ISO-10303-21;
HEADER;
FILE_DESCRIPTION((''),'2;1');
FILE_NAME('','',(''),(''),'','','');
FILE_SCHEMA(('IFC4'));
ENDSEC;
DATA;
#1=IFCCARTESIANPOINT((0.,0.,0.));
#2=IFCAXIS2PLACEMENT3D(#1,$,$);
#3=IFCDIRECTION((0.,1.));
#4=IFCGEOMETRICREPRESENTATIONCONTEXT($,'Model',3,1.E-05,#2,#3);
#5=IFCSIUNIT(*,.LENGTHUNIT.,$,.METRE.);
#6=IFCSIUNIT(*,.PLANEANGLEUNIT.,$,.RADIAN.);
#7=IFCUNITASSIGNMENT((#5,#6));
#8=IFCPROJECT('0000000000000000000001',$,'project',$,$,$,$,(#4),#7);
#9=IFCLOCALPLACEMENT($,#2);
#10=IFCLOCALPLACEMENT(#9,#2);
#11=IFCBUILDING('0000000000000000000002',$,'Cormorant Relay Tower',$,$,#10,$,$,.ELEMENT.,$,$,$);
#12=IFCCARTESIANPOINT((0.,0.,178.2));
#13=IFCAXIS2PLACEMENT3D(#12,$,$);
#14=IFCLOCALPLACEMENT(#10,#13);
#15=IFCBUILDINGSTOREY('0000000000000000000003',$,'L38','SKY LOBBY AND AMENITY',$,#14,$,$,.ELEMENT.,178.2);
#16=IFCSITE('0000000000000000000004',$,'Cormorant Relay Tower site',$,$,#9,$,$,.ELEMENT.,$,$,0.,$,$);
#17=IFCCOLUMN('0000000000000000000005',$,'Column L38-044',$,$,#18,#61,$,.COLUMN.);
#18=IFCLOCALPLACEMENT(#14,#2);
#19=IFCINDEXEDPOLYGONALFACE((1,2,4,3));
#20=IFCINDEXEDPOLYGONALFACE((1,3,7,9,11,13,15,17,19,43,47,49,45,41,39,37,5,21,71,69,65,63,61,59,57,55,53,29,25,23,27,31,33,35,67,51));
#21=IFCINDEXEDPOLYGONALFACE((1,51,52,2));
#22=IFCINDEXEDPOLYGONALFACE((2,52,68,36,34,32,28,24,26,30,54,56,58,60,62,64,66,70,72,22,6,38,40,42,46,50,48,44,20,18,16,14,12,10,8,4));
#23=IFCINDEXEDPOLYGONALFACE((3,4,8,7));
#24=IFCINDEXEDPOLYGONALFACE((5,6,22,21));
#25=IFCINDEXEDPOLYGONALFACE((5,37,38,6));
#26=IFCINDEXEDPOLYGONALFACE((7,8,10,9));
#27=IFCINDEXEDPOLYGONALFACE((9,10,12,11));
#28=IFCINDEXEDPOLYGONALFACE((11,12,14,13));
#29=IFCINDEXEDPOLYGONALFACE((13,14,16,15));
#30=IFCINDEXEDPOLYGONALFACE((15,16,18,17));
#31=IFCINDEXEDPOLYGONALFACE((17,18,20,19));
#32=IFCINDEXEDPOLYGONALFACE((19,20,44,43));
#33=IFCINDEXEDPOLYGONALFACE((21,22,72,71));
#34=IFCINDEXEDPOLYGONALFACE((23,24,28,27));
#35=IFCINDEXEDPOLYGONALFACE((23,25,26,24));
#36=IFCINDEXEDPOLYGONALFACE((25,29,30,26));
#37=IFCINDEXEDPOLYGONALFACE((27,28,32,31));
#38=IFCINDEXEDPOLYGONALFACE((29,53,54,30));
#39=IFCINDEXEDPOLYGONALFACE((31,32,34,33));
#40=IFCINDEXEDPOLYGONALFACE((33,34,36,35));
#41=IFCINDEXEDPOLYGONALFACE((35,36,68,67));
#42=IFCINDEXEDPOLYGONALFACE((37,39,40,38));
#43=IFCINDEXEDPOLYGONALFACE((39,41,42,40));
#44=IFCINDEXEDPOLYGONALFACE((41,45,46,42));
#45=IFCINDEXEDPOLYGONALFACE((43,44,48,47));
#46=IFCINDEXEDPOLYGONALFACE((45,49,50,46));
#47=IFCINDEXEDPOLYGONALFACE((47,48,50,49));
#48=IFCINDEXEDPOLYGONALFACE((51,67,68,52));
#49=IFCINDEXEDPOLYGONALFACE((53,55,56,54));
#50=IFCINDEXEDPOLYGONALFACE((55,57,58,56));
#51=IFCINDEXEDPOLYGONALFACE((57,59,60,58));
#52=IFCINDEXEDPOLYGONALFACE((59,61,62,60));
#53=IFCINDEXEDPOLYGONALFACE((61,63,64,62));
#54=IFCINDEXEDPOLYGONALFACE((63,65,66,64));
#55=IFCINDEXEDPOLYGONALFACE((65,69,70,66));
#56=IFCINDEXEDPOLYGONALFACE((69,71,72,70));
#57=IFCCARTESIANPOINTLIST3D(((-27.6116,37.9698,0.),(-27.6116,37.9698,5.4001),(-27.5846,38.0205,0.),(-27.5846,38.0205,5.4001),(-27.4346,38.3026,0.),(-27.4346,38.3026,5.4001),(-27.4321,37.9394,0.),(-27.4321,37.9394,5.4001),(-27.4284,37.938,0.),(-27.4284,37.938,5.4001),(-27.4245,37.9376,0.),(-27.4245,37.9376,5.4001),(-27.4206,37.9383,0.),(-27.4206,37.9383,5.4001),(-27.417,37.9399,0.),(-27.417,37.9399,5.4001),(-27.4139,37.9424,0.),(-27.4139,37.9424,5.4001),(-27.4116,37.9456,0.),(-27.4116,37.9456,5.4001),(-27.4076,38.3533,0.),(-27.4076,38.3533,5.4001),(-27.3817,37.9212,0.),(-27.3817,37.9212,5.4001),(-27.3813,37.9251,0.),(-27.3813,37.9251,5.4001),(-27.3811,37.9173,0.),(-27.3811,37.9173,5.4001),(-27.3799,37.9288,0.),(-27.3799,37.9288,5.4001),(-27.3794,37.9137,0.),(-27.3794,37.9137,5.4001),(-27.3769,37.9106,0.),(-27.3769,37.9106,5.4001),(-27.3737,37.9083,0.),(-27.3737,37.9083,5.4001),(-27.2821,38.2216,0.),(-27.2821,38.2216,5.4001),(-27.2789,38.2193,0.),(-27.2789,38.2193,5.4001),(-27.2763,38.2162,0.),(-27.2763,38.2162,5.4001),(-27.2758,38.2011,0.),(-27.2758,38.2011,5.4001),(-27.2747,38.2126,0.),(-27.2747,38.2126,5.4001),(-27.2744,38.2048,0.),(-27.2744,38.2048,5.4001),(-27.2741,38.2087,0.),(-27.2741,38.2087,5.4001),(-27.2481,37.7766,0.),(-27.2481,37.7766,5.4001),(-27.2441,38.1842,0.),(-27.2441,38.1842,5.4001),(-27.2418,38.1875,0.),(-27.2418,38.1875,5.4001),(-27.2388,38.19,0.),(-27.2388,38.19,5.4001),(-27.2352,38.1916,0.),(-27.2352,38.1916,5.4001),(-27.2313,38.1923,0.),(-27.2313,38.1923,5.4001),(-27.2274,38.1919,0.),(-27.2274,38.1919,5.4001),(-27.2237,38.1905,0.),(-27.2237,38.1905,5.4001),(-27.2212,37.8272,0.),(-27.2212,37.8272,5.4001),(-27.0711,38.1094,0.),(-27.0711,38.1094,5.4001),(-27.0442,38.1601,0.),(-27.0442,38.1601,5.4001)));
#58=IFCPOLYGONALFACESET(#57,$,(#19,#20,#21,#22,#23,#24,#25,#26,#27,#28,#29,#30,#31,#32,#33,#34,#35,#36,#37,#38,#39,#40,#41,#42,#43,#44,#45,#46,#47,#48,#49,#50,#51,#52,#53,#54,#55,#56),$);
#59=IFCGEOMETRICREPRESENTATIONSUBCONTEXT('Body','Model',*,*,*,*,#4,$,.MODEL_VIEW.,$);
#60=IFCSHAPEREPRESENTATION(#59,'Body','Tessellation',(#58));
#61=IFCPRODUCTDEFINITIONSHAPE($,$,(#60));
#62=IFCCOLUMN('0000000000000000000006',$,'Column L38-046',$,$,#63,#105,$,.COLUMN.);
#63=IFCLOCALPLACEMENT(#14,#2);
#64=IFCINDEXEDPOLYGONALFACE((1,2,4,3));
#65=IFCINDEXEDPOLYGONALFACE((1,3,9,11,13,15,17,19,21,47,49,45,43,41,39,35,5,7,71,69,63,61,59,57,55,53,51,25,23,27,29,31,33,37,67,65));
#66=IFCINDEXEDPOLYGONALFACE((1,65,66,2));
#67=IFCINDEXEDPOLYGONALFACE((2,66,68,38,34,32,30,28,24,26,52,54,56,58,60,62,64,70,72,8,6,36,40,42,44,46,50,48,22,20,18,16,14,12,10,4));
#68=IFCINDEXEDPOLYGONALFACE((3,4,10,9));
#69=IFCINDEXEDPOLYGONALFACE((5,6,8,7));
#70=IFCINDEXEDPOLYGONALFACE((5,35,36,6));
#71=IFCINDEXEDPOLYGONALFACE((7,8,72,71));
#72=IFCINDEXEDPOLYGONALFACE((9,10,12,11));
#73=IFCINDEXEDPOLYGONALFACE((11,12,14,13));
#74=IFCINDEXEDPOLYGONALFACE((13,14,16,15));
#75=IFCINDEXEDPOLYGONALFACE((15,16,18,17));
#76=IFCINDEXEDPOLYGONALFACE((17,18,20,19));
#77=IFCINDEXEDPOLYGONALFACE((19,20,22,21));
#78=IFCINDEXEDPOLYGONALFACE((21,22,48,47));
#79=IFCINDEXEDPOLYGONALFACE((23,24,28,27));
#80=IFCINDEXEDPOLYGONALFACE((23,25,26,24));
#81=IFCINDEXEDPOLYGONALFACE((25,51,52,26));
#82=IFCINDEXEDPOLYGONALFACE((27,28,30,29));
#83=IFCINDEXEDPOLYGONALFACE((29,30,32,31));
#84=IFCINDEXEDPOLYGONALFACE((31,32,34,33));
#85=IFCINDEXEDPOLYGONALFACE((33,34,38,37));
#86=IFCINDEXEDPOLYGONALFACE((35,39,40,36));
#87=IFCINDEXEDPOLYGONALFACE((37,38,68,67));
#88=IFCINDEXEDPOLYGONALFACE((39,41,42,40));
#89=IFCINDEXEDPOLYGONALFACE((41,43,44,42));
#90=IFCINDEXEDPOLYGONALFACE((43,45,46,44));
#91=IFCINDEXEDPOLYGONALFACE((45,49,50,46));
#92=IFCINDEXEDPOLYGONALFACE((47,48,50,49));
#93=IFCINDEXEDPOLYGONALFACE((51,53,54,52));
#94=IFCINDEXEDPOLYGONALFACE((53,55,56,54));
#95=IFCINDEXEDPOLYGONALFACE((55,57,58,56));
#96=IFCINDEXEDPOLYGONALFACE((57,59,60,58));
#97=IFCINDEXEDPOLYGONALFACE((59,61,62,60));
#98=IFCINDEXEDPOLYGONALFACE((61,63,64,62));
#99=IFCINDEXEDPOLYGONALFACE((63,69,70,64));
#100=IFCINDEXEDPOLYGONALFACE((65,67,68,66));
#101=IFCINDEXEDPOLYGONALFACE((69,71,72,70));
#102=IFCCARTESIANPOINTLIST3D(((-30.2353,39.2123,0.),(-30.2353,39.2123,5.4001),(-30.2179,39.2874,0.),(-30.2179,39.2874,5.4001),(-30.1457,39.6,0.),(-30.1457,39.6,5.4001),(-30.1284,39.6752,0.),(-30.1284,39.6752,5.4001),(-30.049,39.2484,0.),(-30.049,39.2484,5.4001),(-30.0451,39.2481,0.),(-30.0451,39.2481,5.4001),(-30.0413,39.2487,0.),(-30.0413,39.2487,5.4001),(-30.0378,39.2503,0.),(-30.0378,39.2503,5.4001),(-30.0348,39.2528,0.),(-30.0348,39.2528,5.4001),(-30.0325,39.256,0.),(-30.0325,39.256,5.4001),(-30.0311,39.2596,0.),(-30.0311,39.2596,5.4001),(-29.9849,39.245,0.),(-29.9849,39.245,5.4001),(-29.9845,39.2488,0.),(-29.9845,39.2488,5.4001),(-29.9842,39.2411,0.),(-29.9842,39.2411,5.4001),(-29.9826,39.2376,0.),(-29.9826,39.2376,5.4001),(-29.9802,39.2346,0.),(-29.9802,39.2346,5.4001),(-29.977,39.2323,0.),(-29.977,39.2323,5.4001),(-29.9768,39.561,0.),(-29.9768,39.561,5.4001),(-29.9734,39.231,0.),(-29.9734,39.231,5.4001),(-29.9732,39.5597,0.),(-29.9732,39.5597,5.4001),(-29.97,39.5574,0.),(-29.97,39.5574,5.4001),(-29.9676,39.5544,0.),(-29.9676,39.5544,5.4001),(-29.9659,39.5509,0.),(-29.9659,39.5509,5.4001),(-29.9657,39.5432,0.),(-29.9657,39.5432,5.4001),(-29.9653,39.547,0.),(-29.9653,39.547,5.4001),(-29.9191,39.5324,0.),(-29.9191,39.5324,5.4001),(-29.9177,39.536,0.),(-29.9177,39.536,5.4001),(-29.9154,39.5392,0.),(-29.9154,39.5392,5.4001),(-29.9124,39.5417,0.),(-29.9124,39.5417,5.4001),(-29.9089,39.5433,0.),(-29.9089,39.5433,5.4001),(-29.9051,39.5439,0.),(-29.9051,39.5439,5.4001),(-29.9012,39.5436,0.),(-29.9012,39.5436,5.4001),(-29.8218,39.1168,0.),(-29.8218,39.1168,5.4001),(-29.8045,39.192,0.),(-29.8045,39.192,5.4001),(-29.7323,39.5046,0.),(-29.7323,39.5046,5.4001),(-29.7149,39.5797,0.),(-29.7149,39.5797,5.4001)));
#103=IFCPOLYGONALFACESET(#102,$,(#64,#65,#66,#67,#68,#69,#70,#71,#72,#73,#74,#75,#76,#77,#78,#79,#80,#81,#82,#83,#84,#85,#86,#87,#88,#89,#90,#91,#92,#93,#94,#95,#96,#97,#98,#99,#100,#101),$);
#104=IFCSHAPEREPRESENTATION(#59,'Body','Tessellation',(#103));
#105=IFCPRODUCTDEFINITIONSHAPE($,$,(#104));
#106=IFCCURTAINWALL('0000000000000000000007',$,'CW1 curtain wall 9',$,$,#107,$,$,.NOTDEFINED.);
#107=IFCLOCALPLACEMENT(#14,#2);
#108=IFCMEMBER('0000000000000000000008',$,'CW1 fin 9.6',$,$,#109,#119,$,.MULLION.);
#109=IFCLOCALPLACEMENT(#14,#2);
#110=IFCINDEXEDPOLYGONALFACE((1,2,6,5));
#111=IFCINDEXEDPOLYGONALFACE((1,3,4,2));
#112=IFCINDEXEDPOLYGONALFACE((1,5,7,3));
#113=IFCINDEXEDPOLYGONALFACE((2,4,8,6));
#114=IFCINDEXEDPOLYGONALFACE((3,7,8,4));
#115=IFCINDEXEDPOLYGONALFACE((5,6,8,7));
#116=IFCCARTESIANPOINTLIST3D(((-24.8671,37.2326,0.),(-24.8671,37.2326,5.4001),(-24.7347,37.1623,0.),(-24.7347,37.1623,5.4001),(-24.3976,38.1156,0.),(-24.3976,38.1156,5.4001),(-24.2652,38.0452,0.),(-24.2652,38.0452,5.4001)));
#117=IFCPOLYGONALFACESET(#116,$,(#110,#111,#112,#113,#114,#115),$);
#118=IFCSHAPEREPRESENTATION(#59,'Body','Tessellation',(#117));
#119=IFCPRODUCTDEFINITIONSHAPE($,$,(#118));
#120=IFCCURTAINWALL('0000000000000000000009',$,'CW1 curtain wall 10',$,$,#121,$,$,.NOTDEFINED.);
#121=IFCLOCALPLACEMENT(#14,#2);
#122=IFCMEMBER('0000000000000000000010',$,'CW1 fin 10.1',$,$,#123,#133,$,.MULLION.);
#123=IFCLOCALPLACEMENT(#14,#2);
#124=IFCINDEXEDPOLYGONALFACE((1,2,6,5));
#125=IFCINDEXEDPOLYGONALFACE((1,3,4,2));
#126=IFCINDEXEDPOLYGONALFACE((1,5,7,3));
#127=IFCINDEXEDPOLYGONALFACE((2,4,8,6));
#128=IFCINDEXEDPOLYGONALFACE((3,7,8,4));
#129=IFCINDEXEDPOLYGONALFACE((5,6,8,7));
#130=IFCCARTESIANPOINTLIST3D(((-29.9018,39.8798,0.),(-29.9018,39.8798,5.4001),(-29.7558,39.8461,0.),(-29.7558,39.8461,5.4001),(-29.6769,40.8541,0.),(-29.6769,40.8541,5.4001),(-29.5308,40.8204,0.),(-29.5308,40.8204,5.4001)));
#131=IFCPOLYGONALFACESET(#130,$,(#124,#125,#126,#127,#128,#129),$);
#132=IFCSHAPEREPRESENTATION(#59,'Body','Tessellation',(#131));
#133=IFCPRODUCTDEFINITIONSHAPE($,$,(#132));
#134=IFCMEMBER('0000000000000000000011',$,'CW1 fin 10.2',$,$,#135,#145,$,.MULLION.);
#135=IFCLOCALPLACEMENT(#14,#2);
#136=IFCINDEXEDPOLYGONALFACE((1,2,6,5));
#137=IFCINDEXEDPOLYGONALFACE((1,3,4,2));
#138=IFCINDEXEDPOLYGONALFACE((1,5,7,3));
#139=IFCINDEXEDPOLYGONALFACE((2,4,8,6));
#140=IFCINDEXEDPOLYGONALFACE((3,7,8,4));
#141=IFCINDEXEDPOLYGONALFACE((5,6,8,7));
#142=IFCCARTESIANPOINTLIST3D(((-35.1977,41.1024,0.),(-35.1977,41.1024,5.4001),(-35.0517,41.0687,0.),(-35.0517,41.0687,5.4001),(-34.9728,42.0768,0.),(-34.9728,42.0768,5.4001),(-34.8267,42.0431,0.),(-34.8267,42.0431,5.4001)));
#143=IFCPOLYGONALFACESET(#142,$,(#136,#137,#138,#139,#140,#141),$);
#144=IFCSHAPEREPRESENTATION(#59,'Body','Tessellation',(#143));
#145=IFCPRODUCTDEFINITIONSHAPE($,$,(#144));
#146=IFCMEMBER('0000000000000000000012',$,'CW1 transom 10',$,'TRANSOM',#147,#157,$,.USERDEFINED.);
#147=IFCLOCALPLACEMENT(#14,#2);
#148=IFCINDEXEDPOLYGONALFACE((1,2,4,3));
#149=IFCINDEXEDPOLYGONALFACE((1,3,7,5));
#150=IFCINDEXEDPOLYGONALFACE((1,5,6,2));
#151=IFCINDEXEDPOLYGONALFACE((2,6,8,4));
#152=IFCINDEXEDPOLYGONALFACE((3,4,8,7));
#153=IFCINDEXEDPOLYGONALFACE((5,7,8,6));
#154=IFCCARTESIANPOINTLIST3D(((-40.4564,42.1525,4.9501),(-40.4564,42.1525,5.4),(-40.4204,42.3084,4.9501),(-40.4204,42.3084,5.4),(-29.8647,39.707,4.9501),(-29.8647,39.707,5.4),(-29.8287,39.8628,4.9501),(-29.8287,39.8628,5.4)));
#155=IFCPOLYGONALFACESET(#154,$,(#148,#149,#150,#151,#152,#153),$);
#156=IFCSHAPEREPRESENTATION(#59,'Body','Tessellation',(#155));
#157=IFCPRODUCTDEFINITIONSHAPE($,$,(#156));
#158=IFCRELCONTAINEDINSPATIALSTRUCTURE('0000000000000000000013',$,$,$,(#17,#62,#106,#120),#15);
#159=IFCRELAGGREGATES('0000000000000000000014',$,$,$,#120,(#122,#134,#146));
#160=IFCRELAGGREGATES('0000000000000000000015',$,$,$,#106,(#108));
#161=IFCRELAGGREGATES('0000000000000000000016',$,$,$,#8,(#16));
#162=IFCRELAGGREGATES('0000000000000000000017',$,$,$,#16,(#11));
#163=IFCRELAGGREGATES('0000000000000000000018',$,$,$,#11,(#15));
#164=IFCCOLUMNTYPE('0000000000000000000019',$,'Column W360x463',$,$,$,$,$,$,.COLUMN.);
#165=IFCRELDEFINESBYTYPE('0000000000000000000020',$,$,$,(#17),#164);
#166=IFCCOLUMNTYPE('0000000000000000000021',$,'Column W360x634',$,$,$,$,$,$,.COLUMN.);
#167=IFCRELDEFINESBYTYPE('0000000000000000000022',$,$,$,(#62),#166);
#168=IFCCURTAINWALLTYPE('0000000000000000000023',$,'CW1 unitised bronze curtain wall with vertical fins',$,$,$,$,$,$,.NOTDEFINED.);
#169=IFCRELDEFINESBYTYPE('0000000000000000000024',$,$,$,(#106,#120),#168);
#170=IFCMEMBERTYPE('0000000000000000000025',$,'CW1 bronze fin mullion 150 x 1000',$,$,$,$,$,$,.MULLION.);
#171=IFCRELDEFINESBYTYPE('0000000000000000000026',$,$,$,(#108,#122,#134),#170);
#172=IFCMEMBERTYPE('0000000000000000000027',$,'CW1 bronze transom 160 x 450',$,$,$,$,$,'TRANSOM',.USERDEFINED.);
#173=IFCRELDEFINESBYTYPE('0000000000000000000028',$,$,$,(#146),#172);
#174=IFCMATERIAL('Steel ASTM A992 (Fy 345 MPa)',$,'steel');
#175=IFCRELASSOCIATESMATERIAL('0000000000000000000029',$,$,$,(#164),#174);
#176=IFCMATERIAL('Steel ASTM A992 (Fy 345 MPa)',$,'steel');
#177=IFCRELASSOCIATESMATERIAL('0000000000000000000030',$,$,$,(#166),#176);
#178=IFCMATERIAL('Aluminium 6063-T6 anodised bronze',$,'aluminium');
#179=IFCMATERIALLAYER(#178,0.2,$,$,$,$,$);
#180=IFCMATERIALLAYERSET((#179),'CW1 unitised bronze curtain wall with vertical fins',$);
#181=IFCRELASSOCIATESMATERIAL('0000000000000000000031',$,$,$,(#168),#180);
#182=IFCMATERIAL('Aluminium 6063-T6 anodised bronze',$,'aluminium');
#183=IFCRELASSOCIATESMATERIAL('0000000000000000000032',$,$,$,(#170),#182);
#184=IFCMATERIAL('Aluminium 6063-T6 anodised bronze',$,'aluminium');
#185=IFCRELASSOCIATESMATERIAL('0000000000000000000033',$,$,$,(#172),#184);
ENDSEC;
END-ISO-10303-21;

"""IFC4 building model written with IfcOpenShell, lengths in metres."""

from ifc_helpers import new_model, si_unit, direction, frame, origin, origin_2d, place, context, subcontext, project, spatial, rectangle, i_section, extrude, material, layer, layer_set, material_profile, profile_set, type_object, element, aggregate, save


model = new_model("IFC4")

# Units and contexts
model_context = context("Model", 3, precision=1e-05, world=origin(), true_north=direction((0.0, 1.0)))
body_context = subcontext(model_context, "Body", "Model", "MODEL_VIEW")
ifc_project = project(units=[si_unit("LENGTHUNIT", "METRE"), si_unit("PLANEANGLEUNIT", "RADIAN")], contexts=[model_context])

# Site, building, storey
site_placement = place(None, origin())
site = spatial("IfcSite", under=ifc_project, at=site_placement, Name="Cormorant Relay Tower site", CompositionType="ELEMENT", RefElevation=0.0)
building_placement = place(site_placement, origin())
building = spatial("IfcBuilding", under=site, at=building_placement, Name="Cormorant Relay Tower", CompositionType="ELEMENT")
storey_placement = place(building_placement, frame((0.0, 0.0, 178.2)))
storey = spatial("IfcBuildingStorey", under=building, at=storey_placement, Name="L38", Description="SKY LOBBY AND AMENITY", CompositionType="ELEMENT", Elevation=178.2)

# Columns
ifc_material_1 = material(Name="Steel ASTM A992 (Fy 345 MPa)", Category="steel")
ifc_material_profile_1 = material_profile(ifc_material_1, i_section(OverallWidth=0.4116, OverallDepth=0.4343, WebThickness=0.0359, FlangeThickness=0.0574, FilletRadius=0.0151, at=origin_2d()), Name="W360x463")
ifc_profile_set_1 = profile_set([ifc_material_profile_1], Name="Steel ASTM A992 (Fy 345 MPa)")
column_type_1 = type_object("IfcColumnType", Name="Column W360x463", PredefinedType="COLUMN", material=ifc_profile_set_1)
column_1_placement = place(storey_placement, frame((-27.3279, 38.0649, 0.0), z_axis=(0.0, 0.0, 1.0), x_axis=(-0.882948, 0.469472, 0.0)))
element("IfcColumn", 1, at=column_1_placement, inside=storey, type_object=column_type_1, Name="Column L38-044", PredefinedType="COLUMN", context=body_context, shape_type="SweptSolid", body=[
    extrude(i_section(OverallWidth=0.4116, OverallDepth=0.4343, WebThickness=0.0359, FlangeThickness=0.0574, FilletRadius=0.0151, at=origin_2d()), origin(), (0.0, 0.0, 1.0), 5.4001),
])
ifc_material_2 = material(Name="Steel ASTM A992 (Fy 345 MPa)", Category="steel")
ifc_material_profile_2 = material_profile(ifc_material_2, i_section(OverallWidth=0.4243, OverallDepth=0.4751, WebThickness=0.0479, FlangeThickness=0.0771, FilletRadius=0.0149, at=origin_2d()), Name="W360x634")
ifc_profile_set_2 = profile_set([ifc_material_profile_2], Name="Steel ASTM A992 (Fy 345 MPa)")
column_type_2 = type_object("IfcColumnType", Name="Column W360x634", PredefinedType="COLUMN", material=ifc_profile_set_2)
column_2_placement = place(storey_placement, frame((-29.9751, 39.396, 0.0), z_axis=(0.0, 0.0, 1.0), x_axis=(-0.97437, 0.224951, 0.0)))
element("IfcColumn", 2, at=column_2_placement, inside=storey, type_object=column_type_2, Name="Column L38-046", PredefinedType="COLUMN", context=body_context, shape_type="SweptSolid", body=[
    extrude(i_section(OverallWidth=0.4243, OverallDepth=0.4751, WebThickness=0.0479, FlangeThickness=0.0771, FilletRadius=0.0149, at=origin_2d()), origin(), (0.0, 0.0, 1.0), 5.4001),
])

# Curtain wall, member
ifc_material_3 = material(Name="Aluminium 6063-T6 anodised bronze", Category="aluminium")
ifc_layer_1 = layer(ifc_material_3, 0.2)
ifc_layer_set_1 = layer_set([ifc_layer_1], Name="CW1 unitised bronze curtain wall with vertical fins")
curtain_wall_type = type_object("IfcCurtainWallType", Name="CW1 unitised bronze curtain wall with vertical fins", PredefinedType="NOTDEFINED", material=ifc_layer_set_1)
curtain_wall_1_placement = place(storey_placement, origin())
curtain_wall_1 = element("IfcCurtainWall", 3, at=curtain_wall_1_placement, inside=storey, type_object=curtain_wall_type, Name="CW1 curtain wall 9", PredefinedType="NOTDEFINED")
ifc_material_4 = material(Name="Aluminium 6063-T6 anodised bronze", Category="aluminium")
ifc_material_profile_3 = material_profile(ifc_material_4, rectangle(XDim=0.1499, YDim=1.0, at=origin_2d()), Name="AL 150x1000")
ifc_profile_set_3 = profile_set([ifc_material_profile_3], Name="Aluminium 6063-T6 anodised bronze")
member_type_1 = type_object("IfcMemberType", Name="CW1 bronze fin mullion 150 x 1000", PredefinedType="MULLION", material=ifc_profile_set_3)
member_1_placement = place(storey_placement, frame((-24.5662, 37.6389, 0.0), z_axis=(0.0, 0.0, 1.0), x_axis=(-0.882948, 0.469472, 0.0)))
member_1 = element("IfcMember", 4, at=member_1_placement, type_object=member_type_1, Name="CW1 fin 9.6", PredefinedType="MULLION", context=body_context, shape_type="SweptSolid", body=[
    extrude(rectangle(XDim=0.1499, YDim=1.0, at=origin_2d()), origin(), (0.0, 0.0, 1.0), 5.4001),
])

# Curtain wall, members
curtain_wall_2_placement = place(storey_placement, origin())
curtain_wall_2 = element("IfcCurtainWall", 5, at=curtain_wall_2_placement, inside=storey, type_object=curtain_wall_type, Name="CW1 curtain wall 10", PredefinedType="NOTDEFINED")
member_2_placement = place(storey_placement, frame((-29.7163, 40.3501, 0.0), z_axis=(0.0, 0.0, 1.0), x_axis=(-0.97437, 0.224951, 0.0)))
member_2 = element("IfcMember", 6, at=member_2_placement, type_object=member_type_1, Name="CW1 fin 10.1", PredefinedType="MULLION", context=body_context, shape_type="SweptSolid", body=[
    extrude(rectangle(XDim=0.1499, YDim=1.0, at=origin_2d()), origin(), (0.0, 0.0, 1.0), 5.4001),
])
member_3_placement = place(storey_placement, frame((-35.0122, 41.5728, 0.0), z_axis=(0.0, 0.0, 1.0), x_axis=(-0.97437, 0.224951, 0.0)))
member_3 = element("IfcMember", 7, at=member_3_placement, type_object=member_type_1, Name="CW1 fin 10.2", PredefinedType="MULLION", context=body_context, shape_type="SweptSolid", body=[
    extrude(rectangle(XDim=0.1499, YDim=1.0, at=origin_2d()), origin(), (0.0, 0.0, 1.0), 5.4001),
])
ifc_material_5 = material(Name="Aluminium 6063-T6 anodised bronze", Category="aluminium")
ifc_material_profile_4 = material_profile(ifc_material_5, rectangle(XDim=0.1599, YDim=0.45, at=origin_2d()), Name="AL 160x450")
ifc_profile_set_4 = profile_set([ifc_material_profile_4], Name="Aluminium 6063-T6 anodised bronze")
member_type_2 = type_object("IfcMemberType", Name="CW1 bronze transom 160 x 450", ElementType="TRANSOM", PredefinedType="USERDEFINED", material=ifc_profile_set_4)
member_4_placement = place(storey_placement, frame((-29.8467, 39.7849, 5.175), z_axis=(-0.974365, 0.224973, 0.0), x_axis=(-0.224973, -0.974365, 0.0)))
member_4 = element("IfcMember", 8, at=member_4_placement, type_object=member_type_2, Name="CW1 transom 10", ObjectType="TRANSOM", PredefinedType="USERDEFINED", context=body_context, shape_type="SweptSolid", body=[
    extrude(rectangle(XDim=0.1599, YDim=0.45, at=origin_2d()), origin(), (0.0, 0.0, 1.0), 10.8704),
])

aggregate(curtain_wall_2, [member_2, member_3, member_4])

aggregate(curtain_wall_1, [member_1])

save(model, "model.ifc")
